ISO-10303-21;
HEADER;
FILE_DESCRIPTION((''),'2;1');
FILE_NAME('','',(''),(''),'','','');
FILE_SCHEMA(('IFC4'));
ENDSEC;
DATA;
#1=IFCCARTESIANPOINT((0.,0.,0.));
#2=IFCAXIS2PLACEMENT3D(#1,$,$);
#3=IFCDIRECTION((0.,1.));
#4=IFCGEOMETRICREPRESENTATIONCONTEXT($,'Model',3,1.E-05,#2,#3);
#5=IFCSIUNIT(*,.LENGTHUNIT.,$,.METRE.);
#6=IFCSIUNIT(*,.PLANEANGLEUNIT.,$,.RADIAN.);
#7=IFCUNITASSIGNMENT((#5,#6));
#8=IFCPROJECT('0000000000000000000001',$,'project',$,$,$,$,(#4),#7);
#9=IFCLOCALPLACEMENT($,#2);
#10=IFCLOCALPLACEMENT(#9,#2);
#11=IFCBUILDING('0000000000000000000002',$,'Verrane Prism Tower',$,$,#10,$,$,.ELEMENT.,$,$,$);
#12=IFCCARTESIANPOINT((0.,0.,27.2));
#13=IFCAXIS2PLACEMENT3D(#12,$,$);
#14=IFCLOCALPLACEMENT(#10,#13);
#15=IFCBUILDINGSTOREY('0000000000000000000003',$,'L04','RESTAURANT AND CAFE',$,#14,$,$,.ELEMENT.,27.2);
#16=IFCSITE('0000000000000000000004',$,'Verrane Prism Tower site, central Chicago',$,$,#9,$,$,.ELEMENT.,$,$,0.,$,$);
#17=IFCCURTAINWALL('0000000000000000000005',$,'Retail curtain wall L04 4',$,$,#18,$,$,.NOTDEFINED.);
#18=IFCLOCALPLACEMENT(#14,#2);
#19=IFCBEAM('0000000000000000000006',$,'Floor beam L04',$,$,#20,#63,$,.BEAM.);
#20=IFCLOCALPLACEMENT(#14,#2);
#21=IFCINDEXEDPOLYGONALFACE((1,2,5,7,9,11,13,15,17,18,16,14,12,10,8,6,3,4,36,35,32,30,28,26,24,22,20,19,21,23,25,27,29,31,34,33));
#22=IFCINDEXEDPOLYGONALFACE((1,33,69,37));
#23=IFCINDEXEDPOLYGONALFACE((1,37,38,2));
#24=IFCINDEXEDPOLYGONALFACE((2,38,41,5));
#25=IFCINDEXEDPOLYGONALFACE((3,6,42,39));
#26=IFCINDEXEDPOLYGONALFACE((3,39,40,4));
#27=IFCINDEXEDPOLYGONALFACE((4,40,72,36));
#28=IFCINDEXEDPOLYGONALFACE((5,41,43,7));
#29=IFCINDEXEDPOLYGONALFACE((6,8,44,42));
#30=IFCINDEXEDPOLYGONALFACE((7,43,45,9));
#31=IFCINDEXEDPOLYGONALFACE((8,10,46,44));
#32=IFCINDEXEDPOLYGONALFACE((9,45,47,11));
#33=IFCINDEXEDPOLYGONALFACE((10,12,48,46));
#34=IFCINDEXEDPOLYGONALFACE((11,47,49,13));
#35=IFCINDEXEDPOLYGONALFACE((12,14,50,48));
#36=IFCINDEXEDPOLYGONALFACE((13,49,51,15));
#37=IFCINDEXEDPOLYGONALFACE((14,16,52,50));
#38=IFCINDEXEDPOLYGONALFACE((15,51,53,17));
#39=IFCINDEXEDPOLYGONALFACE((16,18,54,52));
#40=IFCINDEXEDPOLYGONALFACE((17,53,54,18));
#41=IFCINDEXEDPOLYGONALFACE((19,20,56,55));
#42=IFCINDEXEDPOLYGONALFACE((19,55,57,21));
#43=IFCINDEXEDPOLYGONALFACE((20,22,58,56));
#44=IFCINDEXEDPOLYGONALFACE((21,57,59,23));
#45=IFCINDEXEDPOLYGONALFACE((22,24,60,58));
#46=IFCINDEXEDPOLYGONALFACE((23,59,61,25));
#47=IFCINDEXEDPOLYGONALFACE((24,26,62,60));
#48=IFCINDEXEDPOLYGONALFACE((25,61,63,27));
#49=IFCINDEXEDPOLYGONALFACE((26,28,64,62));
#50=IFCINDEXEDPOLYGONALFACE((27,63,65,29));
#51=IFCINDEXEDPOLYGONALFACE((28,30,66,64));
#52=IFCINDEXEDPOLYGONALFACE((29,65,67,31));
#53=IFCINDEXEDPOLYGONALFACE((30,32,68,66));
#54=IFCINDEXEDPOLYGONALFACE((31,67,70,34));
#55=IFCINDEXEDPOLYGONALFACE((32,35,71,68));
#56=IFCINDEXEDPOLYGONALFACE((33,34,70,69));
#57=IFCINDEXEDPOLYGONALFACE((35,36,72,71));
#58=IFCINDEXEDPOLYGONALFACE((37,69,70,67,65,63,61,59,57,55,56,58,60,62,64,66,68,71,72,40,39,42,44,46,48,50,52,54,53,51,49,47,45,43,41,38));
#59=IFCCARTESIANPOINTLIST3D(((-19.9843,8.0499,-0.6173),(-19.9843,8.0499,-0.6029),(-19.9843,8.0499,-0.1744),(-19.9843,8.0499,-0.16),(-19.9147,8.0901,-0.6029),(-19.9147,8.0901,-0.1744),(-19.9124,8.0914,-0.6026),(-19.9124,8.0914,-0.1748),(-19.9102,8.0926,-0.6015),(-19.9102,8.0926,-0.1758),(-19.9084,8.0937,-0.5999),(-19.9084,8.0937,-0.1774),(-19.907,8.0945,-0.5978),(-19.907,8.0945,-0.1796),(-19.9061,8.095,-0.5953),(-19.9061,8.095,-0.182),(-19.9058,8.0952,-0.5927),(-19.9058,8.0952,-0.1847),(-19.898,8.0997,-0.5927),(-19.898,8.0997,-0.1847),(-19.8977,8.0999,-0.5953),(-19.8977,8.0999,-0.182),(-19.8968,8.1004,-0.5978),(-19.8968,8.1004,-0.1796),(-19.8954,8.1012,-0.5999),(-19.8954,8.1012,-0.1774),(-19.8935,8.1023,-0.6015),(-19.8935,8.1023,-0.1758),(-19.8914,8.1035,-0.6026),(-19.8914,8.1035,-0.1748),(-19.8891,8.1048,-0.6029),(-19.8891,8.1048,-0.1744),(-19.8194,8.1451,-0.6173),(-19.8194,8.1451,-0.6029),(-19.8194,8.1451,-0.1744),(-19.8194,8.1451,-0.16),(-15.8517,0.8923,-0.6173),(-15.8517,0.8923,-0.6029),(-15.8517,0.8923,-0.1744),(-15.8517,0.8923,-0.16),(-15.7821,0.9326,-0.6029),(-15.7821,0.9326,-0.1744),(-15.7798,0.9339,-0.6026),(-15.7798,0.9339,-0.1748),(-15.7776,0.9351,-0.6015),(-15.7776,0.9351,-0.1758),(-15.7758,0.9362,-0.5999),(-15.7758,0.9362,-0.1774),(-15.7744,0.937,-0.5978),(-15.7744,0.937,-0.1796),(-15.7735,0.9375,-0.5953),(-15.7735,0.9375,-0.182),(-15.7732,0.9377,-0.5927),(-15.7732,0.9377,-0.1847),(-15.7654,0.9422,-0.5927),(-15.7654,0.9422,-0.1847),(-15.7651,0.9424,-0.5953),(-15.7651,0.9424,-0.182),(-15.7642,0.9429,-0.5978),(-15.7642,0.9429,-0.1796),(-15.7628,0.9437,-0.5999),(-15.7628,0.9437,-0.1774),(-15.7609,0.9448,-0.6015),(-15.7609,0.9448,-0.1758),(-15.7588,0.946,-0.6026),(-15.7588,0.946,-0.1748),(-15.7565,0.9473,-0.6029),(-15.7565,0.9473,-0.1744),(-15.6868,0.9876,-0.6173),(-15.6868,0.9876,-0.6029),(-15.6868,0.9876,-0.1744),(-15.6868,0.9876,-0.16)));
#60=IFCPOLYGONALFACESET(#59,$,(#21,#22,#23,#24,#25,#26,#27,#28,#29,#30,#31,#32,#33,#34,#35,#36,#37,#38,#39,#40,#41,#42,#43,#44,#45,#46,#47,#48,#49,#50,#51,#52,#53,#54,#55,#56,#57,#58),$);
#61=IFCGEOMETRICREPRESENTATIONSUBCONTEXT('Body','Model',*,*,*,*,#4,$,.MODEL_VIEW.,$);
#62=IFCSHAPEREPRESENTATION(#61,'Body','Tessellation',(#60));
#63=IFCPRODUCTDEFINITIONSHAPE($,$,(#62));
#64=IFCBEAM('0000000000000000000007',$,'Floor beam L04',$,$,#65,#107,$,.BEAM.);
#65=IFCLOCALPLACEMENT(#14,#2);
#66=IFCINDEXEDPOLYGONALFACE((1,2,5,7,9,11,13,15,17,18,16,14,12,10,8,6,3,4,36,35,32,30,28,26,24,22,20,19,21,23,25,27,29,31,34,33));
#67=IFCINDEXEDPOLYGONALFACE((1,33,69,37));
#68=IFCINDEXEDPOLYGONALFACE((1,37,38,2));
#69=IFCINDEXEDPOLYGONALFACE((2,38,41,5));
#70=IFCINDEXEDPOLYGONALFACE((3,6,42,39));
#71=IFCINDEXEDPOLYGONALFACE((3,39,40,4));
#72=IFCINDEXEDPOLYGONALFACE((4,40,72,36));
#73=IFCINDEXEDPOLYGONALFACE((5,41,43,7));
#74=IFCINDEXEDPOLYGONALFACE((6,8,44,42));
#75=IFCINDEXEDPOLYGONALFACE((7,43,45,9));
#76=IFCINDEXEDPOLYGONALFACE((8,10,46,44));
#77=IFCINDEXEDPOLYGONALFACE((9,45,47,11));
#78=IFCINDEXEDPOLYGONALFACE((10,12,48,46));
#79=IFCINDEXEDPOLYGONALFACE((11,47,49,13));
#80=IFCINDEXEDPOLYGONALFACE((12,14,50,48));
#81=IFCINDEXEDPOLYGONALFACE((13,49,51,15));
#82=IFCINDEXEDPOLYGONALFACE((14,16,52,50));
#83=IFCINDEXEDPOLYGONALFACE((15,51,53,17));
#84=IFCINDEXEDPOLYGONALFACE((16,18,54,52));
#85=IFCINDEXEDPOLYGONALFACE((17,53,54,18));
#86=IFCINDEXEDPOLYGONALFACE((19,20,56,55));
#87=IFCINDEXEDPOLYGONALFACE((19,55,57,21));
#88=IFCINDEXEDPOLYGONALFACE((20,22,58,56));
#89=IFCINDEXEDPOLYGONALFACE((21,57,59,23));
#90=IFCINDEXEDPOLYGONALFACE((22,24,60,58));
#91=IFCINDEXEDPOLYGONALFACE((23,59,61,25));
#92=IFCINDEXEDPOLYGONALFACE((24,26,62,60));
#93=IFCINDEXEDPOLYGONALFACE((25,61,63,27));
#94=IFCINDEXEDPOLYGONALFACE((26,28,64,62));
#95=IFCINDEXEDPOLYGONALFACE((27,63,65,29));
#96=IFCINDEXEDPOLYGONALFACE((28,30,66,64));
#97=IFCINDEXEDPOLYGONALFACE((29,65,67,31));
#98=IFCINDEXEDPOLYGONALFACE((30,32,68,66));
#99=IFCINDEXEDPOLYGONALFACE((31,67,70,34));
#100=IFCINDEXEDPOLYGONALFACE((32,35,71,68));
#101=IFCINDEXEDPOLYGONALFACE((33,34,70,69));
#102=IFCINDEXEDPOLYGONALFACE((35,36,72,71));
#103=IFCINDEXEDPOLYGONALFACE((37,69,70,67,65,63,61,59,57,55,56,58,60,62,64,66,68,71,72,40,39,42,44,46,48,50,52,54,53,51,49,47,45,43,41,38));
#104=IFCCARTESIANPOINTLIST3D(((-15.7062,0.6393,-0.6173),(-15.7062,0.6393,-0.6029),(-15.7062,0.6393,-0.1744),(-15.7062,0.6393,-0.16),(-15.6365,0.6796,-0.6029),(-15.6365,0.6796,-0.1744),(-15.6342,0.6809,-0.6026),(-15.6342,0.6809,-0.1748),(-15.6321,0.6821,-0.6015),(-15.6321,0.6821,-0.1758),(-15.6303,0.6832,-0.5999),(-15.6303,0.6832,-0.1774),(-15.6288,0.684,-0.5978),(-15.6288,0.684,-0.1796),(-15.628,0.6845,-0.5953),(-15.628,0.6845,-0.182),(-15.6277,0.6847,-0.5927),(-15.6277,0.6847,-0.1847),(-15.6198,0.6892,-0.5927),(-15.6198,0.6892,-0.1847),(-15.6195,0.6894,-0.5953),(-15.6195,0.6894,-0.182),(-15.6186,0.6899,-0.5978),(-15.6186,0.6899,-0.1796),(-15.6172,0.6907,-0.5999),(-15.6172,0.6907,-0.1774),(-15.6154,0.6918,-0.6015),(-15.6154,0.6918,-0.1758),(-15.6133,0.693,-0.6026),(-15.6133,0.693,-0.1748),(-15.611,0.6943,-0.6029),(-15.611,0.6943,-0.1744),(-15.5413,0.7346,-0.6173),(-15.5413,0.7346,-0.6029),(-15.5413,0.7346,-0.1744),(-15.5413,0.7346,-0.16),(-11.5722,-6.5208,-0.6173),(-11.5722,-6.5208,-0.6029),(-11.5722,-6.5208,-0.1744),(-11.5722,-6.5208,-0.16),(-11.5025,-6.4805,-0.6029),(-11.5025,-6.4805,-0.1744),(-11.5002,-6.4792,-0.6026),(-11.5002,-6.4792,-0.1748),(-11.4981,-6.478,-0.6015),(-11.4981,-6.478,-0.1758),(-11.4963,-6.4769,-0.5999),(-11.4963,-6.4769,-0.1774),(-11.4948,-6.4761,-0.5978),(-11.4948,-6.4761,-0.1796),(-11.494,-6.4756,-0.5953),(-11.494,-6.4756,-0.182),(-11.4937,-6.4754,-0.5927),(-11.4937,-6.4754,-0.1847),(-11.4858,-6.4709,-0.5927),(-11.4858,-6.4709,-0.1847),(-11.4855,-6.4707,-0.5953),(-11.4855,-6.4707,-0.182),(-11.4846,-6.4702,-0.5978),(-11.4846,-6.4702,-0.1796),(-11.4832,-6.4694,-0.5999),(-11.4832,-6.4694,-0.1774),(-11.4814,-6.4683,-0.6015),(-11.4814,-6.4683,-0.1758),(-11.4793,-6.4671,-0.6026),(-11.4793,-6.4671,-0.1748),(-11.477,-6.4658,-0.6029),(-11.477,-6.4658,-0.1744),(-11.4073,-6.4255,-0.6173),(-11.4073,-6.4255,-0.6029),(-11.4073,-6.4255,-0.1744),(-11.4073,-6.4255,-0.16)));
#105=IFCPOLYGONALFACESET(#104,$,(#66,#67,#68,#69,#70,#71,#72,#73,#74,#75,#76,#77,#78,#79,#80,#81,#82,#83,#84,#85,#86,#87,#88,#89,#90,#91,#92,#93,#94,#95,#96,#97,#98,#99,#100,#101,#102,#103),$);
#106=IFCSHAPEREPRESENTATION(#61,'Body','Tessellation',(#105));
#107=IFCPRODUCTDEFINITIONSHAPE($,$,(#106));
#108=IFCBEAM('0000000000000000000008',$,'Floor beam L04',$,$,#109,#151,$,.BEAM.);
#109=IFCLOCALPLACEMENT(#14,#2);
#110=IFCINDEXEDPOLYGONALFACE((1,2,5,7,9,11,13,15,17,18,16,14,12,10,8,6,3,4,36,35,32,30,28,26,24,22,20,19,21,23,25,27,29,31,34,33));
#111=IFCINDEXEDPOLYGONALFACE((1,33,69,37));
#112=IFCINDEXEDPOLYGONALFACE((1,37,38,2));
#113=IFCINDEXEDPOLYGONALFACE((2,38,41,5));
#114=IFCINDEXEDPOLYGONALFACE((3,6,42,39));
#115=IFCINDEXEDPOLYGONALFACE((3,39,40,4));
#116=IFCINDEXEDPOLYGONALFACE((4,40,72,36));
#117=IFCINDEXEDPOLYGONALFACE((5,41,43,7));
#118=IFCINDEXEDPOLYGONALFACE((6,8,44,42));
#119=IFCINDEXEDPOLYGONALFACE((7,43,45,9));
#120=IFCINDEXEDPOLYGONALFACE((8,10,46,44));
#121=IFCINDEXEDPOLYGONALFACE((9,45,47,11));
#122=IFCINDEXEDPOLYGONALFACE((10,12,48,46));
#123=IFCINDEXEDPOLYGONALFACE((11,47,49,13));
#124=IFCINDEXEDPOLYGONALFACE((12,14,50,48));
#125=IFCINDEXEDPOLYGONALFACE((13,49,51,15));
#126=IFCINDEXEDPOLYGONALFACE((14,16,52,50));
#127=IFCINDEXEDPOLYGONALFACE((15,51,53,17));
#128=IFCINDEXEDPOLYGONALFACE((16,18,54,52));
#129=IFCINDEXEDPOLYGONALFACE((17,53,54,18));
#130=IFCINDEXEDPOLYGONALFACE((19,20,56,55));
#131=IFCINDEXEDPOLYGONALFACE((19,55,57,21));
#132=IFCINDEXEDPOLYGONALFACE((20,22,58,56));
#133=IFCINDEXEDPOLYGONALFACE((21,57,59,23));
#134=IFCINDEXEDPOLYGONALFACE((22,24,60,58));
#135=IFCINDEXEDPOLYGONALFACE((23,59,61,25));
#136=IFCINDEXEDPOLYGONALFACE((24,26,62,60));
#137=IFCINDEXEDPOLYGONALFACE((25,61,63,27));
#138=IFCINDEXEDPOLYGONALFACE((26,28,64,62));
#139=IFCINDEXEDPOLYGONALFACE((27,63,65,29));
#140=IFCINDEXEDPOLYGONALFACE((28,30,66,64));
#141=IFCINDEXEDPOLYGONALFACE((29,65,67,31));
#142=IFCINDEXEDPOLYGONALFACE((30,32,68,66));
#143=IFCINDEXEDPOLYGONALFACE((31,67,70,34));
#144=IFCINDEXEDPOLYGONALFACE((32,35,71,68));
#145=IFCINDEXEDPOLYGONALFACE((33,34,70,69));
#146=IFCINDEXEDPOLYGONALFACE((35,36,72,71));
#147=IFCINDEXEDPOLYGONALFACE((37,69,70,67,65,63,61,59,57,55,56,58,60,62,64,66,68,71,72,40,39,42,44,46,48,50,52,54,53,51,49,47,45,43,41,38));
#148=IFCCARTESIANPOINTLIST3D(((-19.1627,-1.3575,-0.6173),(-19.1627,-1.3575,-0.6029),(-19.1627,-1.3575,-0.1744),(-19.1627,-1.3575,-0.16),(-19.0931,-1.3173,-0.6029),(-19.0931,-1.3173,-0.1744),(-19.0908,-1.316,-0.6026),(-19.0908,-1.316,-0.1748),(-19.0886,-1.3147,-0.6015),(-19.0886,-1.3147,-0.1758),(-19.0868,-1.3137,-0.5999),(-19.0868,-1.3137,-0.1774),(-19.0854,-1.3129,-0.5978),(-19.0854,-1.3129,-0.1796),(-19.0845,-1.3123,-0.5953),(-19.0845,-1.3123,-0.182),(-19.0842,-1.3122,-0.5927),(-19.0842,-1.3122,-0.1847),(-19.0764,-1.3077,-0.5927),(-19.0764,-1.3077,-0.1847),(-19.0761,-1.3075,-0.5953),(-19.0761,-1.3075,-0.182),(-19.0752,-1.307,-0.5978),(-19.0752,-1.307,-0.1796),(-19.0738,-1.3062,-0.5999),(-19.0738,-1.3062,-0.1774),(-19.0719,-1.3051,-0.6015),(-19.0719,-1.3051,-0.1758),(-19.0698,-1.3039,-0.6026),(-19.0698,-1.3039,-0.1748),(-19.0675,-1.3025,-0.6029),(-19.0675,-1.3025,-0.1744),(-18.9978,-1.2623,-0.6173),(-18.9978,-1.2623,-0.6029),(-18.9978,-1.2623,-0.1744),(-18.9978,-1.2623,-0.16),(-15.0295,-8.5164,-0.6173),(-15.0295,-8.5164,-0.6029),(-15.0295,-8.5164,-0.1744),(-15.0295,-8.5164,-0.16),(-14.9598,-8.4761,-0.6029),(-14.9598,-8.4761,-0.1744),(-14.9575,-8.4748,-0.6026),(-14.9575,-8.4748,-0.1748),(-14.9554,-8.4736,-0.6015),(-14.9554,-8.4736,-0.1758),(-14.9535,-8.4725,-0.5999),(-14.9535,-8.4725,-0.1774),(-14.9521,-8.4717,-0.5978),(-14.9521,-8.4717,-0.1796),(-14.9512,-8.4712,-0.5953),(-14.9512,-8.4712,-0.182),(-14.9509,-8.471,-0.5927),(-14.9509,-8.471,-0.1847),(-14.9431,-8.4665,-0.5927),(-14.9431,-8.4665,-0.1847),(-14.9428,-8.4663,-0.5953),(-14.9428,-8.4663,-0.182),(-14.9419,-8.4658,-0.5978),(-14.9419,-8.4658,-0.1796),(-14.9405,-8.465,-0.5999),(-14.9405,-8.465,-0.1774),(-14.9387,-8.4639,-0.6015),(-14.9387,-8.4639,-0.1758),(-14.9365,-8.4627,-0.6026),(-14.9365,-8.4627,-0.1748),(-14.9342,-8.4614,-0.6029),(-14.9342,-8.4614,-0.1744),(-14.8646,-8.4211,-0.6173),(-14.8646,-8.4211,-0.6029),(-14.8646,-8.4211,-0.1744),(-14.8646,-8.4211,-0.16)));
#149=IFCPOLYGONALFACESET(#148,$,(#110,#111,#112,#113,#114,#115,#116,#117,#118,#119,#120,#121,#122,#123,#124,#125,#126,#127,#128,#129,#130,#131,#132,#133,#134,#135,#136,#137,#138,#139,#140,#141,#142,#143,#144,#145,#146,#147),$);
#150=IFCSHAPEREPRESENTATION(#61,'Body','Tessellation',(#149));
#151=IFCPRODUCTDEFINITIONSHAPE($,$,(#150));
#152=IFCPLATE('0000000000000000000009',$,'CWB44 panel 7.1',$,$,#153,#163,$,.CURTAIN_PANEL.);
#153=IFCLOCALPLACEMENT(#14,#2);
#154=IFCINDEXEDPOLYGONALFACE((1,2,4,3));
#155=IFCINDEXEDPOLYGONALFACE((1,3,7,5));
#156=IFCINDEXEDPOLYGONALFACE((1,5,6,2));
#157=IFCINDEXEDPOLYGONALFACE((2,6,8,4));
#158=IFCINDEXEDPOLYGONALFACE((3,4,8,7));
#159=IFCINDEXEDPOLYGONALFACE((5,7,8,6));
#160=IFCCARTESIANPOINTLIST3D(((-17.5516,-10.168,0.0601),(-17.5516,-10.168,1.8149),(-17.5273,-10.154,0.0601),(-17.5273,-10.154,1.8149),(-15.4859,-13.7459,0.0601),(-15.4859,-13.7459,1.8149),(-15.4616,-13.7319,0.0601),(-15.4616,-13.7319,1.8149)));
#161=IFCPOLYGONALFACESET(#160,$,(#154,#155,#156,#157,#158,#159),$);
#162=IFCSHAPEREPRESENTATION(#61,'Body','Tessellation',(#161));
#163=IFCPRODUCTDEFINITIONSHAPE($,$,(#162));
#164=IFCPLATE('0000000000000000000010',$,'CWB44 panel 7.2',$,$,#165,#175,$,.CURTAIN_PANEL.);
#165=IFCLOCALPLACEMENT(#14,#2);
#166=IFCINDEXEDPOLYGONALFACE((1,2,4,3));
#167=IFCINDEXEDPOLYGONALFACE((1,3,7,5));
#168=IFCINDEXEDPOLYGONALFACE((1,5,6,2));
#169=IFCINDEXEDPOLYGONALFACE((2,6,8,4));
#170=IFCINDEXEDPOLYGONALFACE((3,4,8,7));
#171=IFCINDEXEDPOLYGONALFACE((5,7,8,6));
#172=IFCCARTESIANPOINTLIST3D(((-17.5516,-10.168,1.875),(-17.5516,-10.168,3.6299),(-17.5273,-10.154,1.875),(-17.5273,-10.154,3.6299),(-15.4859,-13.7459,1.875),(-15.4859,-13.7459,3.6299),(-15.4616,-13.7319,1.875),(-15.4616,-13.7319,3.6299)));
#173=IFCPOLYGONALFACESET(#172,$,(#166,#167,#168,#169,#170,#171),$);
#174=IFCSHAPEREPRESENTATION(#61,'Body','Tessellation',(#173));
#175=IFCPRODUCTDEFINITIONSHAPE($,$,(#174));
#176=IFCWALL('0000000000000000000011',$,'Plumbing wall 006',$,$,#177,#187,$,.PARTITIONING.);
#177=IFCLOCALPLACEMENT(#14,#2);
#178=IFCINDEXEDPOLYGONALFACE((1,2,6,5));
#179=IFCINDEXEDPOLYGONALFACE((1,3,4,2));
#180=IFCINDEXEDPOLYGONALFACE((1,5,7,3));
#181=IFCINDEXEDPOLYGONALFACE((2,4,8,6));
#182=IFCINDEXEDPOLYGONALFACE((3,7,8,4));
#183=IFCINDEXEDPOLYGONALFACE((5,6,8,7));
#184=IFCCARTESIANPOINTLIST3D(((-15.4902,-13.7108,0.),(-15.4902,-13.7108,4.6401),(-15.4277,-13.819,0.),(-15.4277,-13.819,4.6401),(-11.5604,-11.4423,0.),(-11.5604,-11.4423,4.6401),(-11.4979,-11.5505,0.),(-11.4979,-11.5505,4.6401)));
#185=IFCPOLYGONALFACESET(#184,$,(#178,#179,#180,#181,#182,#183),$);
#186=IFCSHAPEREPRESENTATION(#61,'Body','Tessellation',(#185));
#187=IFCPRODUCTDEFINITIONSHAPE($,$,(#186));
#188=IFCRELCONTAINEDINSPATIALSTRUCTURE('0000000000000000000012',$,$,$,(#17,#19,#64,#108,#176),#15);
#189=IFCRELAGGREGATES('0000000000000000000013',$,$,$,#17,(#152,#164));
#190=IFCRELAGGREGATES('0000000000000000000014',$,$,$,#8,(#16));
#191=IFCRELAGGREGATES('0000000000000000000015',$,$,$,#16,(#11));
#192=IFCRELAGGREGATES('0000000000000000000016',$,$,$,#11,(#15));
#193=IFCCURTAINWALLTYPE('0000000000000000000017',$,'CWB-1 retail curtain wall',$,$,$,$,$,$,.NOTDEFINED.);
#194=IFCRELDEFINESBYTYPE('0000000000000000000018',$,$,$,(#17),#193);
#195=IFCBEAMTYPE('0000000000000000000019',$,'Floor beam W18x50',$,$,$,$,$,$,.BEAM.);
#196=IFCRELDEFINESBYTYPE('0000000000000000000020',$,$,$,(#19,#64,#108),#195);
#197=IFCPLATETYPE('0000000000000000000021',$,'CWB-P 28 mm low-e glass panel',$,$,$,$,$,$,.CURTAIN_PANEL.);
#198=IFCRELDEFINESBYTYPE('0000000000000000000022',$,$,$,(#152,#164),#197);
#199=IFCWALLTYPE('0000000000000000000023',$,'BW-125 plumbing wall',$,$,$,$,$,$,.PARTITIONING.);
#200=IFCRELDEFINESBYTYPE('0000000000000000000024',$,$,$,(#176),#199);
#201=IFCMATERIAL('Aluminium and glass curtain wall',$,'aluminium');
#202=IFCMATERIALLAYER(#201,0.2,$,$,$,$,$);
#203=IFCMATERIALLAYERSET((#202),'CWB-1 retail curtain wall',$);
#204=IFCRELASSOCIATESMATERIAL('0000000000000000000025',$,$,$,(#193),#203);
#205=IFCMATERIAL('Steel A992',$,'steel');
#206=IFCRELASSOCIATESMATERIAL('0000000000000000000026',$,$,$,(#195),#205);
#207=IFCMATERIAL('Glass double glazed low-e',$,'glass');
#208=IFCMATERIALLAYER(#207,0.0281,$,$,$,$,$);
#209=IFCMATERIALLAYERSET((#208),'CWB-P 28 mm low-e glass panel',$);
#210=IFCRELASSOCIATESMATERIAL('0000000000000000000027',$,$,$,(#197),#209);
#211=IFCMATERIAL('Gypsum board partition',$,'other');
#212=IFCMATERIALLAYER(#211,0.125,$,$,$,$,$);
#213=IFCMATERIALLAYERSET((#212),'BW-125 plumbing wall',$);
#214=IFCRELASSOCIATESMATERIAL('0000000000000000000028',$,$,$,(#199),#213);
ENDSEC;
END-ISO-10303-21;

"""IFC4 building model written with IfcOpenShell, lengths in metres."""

from ifc_helpers import new_model, si_unit, direction, frame, frame_2d, origin, origin_2d, place, context, subcontext, project, spatial, rectangle, i_section, extrude, material, layer, layer_set, material_profile, profile_set, type_object, element, aggregate, save


model = new_model("IFC4")

# Units and contexts
model_context = context("Model", 3, precision=1e-05, world=origin(), true_north=direction((0.0, 1.0)))
body_context = subcontext(model_context, "Body", "Model", "MODEL_VIEW")
ifc_project = project(units=[si_unit("LENGTHUNIT", "METRE"), si_unit("PLANEANGLEUNIT", "RADIAN")], contexts=[model_context])

# Site, building, storey
site_placement = place(None, origin())
site = spatial("IfcSite", under=ifc_project, at=site_placement, Name="Verrane Prism Tower site, central Chicago", CompositionType="ELEMENT", RefElevation=0.0)
building_placement = place(site_placement, origin())
building = spatial("IfcBuilding", under=site, at=building_placement, Name="Verrane Prism Tower", CompositionType="ELEMENT")
storey_placement = place(building_placement, frame((0.0, 0.0, 27.2)))
storey = spatial("IfcBuildingStorey", under=building, at=storey_placement, Name="L04", Description="RESTAURANT AND CAFE", CompositionType="ELEMENT", Elevation=27.2)

# Curtain wall
ifc_material_1 = material(Name="Aluminium and glass curtain wall", Category="aluminium")
ifc_layer_1 = layer(ifc_material_1, 0.2)
ifc_layer_set_1 = layer_set([ifc_layer_1], Name="CWB-1 retail curtain wall")
curtain_wall_type = type_object("IfcCurtainWallType", Name="CWB-1 retail curtain wall", PredefinedType="NOTDEFINED", material=ifc_layer_set_1)
curtain_wall_placement = place(storey_placement, origin())
curtain_wall = element("IfcCurtainWall", 1, at=curtain_wall_placement, inside=storey, type_object=curtain_wall_type, Name="Retail curtain wall L04 4", PredefinedType="NOTDEFINED")

# Beams
ifc_material_2 = material(Name="Steel A992", Category="steel")
ifc_material_profile_1 = material_profile(ifc_material_2, i_section(OverallWidth=0.1904, OverallDepth=0.4573, WebThickness=0.009, FlangeThickness=0.0144, FilletRadius=0.0103, at=origin_2d()), Name="W18x50")
ifc_profile_set_1 = profile_set([ifc_material_profile_1], Name="Steel A992")
beam_type_1 = type_object("IfcBeamType", Name="Floor beam W18x50", PredefinedType="BEAM", material=ifc_profile_set_1)
beam_1_placement = place(storey_placement, frame((-15.7693, 0.9399, -0.3887), z_axis=(-0.500018, 0.866015, 0.0), x_axis=(-0.866015, -0.500018, 0.0)))
element("IfcBeam", 2, at=beam_1_placement, inside=storey, type_object=beam_type_1, Name="Floor beam L04", PredefinedType="BEAM", context=body_context, shape_type="SweptSolid", body=[
    extrude(i_section(OverallWidth=0.1904, OverallDepth=0.4573, WebThickness=0.009, FlangeThickness=0.0144, FilletRadius=0.0103, at=origin_2d()), origin(), (0.0, 0.0, 1.0), 8.2649),
])
beam_2_placement = place(storey_placement, frame((-11.4897, -6.4731, -0.3887), z_axis=(-0.50001, 0.866019, 0.0), x_axis=(-0.866019, -0.50001, 0.0)))
element("IfcBeam", 3, at=beam_2_placement, inside=storey, type_object=beam_type_1, Name="Floor beam L04", PredefinedType="BEAM", context=body_context, shape_type="SweptSolid", body=[
    extrude(i_section(OverallWidth=0.1904, OverallDepth=0.4573, WebThickness=0.009, FlangeThickness=0.0144, FilletRadius=0.0103, at=origin_2d()), origin(), (0.0, 0.0, 1.0), 8.2678),
])
beam_3_placement = place(storey_placement, frame((-14.947, -8.4688, -0.3887), z_axis=(-0.500008, 0.866021, 0.0), x_axis=(-0.866021, -0.500008, 0.0)))
element("IfcBeam", 4, at=beam_3_placement, inside=storey, type_object=beam_type_1, Name="Floor beam L04", PredefinedType="BEAM", context=body_context, shape_type="SweptSolid", body=[
    extrude(i_section(OverallWidth=0.1904, OverallDepth=0.4573, WebThickness=0.009, FlangeThickness=0.0144, FilletRadius=0.0103, at=origin_2d()), origin(), (0.0, 0.0, 1.0), 8.2664),
])

# Plates
ifc_material_3 = material(Name="Glass double glazed low-e", Category="glass")
ifc_layer_2 = layer(ifc_material_3, 0.0281)
ifc_layer_set_2 = layer_set([ifc_layer_2], Name="CWB-P 28 mm low-e glass panel")
plate_type = type_object("IfcPlateType", Name="CWB-P 28 mm low-e glass panel", PredefinedType="CURTAIN_PANEL", material=ifc_layer_set_2)
plate_1_placement = place(storey_placement, frame((-16.5066, -11.95, 0.0601), z_axis=(0.0, 0.0, 1.0), x_axis=(0.5, -0.866025, 0.0)))
plate_1 = element("IfcPlate", 5, at=plate_1_placement, type_object=plate_type, Name="CWB44 panel 7.1", PredefinedType="CURTAIN_PANEL", context=body_context, shape_type="SweptSolid", body=[
    extrude(rectangle(XDim=4.1313, YDim=0.0281, at=origin_2d()), origin(), (0.0, 0.0, 1.0), 1.7549),
])
plate_2_placement = place(storey_placement, frame((-16.5066, -11.95, 1.875), z_axis=(0.0, 0.0, 1.0), x_axis=(0.5, -0.866025, 0.0)))
plate_2 = element("IfcPlate", 6, at=plate_2_placement, type_object=plate_type, Name="CWB44 panel 7.2", PredefinedType="CURTAIN_PANEL", context=body_context, shape_type="SweptSolid", body=[
    extrude(rectangle(XDim=4.1313, YDim=0.0281, at=origin_2d()), origin(), (0.0, 0.0, 1.0), 1.7549),
])
aggregate(curtain_wall, [plate_1, plate_2])

# Wall
ifc_material_4 = material(Name="Gypsum board partition", Category="other")
ifc_layer_3 = layer(ifc_material_4, 0.125)
ifc_layer_set_3 = layer_set([ifc_layer_3], Name="BW-125 plumbing wall")
wall_type_1 = type_object("IfcWallType", Name="BW-125 plumbing wall", PredefinedType="PARTITIONING", material=ifc_layer_set_3)
wall_1_placement = place(storey_placement, frame((-15.459, -13.7649, 0.0), z_axis=(0.0, 0.0, 1.0), x_axis=(0.866063, 0.499935, 0.0)))
element("IfcWall", 7, at=wall_1_placement, inside=storey, type_object=wall_type_1, Name="Plumbing wall 006", PredefinedType="PARTITIONING", context=body_context, shape_type="SweptSolid", body=[
    extrude(rectangle(XDim=4.5376, YDim=0.125, at=frame_2d((2.2688, 0.0))), origin(), (0.0, 0.0, 1.0), 4.6401),
])

save(model, "model.ifc")
